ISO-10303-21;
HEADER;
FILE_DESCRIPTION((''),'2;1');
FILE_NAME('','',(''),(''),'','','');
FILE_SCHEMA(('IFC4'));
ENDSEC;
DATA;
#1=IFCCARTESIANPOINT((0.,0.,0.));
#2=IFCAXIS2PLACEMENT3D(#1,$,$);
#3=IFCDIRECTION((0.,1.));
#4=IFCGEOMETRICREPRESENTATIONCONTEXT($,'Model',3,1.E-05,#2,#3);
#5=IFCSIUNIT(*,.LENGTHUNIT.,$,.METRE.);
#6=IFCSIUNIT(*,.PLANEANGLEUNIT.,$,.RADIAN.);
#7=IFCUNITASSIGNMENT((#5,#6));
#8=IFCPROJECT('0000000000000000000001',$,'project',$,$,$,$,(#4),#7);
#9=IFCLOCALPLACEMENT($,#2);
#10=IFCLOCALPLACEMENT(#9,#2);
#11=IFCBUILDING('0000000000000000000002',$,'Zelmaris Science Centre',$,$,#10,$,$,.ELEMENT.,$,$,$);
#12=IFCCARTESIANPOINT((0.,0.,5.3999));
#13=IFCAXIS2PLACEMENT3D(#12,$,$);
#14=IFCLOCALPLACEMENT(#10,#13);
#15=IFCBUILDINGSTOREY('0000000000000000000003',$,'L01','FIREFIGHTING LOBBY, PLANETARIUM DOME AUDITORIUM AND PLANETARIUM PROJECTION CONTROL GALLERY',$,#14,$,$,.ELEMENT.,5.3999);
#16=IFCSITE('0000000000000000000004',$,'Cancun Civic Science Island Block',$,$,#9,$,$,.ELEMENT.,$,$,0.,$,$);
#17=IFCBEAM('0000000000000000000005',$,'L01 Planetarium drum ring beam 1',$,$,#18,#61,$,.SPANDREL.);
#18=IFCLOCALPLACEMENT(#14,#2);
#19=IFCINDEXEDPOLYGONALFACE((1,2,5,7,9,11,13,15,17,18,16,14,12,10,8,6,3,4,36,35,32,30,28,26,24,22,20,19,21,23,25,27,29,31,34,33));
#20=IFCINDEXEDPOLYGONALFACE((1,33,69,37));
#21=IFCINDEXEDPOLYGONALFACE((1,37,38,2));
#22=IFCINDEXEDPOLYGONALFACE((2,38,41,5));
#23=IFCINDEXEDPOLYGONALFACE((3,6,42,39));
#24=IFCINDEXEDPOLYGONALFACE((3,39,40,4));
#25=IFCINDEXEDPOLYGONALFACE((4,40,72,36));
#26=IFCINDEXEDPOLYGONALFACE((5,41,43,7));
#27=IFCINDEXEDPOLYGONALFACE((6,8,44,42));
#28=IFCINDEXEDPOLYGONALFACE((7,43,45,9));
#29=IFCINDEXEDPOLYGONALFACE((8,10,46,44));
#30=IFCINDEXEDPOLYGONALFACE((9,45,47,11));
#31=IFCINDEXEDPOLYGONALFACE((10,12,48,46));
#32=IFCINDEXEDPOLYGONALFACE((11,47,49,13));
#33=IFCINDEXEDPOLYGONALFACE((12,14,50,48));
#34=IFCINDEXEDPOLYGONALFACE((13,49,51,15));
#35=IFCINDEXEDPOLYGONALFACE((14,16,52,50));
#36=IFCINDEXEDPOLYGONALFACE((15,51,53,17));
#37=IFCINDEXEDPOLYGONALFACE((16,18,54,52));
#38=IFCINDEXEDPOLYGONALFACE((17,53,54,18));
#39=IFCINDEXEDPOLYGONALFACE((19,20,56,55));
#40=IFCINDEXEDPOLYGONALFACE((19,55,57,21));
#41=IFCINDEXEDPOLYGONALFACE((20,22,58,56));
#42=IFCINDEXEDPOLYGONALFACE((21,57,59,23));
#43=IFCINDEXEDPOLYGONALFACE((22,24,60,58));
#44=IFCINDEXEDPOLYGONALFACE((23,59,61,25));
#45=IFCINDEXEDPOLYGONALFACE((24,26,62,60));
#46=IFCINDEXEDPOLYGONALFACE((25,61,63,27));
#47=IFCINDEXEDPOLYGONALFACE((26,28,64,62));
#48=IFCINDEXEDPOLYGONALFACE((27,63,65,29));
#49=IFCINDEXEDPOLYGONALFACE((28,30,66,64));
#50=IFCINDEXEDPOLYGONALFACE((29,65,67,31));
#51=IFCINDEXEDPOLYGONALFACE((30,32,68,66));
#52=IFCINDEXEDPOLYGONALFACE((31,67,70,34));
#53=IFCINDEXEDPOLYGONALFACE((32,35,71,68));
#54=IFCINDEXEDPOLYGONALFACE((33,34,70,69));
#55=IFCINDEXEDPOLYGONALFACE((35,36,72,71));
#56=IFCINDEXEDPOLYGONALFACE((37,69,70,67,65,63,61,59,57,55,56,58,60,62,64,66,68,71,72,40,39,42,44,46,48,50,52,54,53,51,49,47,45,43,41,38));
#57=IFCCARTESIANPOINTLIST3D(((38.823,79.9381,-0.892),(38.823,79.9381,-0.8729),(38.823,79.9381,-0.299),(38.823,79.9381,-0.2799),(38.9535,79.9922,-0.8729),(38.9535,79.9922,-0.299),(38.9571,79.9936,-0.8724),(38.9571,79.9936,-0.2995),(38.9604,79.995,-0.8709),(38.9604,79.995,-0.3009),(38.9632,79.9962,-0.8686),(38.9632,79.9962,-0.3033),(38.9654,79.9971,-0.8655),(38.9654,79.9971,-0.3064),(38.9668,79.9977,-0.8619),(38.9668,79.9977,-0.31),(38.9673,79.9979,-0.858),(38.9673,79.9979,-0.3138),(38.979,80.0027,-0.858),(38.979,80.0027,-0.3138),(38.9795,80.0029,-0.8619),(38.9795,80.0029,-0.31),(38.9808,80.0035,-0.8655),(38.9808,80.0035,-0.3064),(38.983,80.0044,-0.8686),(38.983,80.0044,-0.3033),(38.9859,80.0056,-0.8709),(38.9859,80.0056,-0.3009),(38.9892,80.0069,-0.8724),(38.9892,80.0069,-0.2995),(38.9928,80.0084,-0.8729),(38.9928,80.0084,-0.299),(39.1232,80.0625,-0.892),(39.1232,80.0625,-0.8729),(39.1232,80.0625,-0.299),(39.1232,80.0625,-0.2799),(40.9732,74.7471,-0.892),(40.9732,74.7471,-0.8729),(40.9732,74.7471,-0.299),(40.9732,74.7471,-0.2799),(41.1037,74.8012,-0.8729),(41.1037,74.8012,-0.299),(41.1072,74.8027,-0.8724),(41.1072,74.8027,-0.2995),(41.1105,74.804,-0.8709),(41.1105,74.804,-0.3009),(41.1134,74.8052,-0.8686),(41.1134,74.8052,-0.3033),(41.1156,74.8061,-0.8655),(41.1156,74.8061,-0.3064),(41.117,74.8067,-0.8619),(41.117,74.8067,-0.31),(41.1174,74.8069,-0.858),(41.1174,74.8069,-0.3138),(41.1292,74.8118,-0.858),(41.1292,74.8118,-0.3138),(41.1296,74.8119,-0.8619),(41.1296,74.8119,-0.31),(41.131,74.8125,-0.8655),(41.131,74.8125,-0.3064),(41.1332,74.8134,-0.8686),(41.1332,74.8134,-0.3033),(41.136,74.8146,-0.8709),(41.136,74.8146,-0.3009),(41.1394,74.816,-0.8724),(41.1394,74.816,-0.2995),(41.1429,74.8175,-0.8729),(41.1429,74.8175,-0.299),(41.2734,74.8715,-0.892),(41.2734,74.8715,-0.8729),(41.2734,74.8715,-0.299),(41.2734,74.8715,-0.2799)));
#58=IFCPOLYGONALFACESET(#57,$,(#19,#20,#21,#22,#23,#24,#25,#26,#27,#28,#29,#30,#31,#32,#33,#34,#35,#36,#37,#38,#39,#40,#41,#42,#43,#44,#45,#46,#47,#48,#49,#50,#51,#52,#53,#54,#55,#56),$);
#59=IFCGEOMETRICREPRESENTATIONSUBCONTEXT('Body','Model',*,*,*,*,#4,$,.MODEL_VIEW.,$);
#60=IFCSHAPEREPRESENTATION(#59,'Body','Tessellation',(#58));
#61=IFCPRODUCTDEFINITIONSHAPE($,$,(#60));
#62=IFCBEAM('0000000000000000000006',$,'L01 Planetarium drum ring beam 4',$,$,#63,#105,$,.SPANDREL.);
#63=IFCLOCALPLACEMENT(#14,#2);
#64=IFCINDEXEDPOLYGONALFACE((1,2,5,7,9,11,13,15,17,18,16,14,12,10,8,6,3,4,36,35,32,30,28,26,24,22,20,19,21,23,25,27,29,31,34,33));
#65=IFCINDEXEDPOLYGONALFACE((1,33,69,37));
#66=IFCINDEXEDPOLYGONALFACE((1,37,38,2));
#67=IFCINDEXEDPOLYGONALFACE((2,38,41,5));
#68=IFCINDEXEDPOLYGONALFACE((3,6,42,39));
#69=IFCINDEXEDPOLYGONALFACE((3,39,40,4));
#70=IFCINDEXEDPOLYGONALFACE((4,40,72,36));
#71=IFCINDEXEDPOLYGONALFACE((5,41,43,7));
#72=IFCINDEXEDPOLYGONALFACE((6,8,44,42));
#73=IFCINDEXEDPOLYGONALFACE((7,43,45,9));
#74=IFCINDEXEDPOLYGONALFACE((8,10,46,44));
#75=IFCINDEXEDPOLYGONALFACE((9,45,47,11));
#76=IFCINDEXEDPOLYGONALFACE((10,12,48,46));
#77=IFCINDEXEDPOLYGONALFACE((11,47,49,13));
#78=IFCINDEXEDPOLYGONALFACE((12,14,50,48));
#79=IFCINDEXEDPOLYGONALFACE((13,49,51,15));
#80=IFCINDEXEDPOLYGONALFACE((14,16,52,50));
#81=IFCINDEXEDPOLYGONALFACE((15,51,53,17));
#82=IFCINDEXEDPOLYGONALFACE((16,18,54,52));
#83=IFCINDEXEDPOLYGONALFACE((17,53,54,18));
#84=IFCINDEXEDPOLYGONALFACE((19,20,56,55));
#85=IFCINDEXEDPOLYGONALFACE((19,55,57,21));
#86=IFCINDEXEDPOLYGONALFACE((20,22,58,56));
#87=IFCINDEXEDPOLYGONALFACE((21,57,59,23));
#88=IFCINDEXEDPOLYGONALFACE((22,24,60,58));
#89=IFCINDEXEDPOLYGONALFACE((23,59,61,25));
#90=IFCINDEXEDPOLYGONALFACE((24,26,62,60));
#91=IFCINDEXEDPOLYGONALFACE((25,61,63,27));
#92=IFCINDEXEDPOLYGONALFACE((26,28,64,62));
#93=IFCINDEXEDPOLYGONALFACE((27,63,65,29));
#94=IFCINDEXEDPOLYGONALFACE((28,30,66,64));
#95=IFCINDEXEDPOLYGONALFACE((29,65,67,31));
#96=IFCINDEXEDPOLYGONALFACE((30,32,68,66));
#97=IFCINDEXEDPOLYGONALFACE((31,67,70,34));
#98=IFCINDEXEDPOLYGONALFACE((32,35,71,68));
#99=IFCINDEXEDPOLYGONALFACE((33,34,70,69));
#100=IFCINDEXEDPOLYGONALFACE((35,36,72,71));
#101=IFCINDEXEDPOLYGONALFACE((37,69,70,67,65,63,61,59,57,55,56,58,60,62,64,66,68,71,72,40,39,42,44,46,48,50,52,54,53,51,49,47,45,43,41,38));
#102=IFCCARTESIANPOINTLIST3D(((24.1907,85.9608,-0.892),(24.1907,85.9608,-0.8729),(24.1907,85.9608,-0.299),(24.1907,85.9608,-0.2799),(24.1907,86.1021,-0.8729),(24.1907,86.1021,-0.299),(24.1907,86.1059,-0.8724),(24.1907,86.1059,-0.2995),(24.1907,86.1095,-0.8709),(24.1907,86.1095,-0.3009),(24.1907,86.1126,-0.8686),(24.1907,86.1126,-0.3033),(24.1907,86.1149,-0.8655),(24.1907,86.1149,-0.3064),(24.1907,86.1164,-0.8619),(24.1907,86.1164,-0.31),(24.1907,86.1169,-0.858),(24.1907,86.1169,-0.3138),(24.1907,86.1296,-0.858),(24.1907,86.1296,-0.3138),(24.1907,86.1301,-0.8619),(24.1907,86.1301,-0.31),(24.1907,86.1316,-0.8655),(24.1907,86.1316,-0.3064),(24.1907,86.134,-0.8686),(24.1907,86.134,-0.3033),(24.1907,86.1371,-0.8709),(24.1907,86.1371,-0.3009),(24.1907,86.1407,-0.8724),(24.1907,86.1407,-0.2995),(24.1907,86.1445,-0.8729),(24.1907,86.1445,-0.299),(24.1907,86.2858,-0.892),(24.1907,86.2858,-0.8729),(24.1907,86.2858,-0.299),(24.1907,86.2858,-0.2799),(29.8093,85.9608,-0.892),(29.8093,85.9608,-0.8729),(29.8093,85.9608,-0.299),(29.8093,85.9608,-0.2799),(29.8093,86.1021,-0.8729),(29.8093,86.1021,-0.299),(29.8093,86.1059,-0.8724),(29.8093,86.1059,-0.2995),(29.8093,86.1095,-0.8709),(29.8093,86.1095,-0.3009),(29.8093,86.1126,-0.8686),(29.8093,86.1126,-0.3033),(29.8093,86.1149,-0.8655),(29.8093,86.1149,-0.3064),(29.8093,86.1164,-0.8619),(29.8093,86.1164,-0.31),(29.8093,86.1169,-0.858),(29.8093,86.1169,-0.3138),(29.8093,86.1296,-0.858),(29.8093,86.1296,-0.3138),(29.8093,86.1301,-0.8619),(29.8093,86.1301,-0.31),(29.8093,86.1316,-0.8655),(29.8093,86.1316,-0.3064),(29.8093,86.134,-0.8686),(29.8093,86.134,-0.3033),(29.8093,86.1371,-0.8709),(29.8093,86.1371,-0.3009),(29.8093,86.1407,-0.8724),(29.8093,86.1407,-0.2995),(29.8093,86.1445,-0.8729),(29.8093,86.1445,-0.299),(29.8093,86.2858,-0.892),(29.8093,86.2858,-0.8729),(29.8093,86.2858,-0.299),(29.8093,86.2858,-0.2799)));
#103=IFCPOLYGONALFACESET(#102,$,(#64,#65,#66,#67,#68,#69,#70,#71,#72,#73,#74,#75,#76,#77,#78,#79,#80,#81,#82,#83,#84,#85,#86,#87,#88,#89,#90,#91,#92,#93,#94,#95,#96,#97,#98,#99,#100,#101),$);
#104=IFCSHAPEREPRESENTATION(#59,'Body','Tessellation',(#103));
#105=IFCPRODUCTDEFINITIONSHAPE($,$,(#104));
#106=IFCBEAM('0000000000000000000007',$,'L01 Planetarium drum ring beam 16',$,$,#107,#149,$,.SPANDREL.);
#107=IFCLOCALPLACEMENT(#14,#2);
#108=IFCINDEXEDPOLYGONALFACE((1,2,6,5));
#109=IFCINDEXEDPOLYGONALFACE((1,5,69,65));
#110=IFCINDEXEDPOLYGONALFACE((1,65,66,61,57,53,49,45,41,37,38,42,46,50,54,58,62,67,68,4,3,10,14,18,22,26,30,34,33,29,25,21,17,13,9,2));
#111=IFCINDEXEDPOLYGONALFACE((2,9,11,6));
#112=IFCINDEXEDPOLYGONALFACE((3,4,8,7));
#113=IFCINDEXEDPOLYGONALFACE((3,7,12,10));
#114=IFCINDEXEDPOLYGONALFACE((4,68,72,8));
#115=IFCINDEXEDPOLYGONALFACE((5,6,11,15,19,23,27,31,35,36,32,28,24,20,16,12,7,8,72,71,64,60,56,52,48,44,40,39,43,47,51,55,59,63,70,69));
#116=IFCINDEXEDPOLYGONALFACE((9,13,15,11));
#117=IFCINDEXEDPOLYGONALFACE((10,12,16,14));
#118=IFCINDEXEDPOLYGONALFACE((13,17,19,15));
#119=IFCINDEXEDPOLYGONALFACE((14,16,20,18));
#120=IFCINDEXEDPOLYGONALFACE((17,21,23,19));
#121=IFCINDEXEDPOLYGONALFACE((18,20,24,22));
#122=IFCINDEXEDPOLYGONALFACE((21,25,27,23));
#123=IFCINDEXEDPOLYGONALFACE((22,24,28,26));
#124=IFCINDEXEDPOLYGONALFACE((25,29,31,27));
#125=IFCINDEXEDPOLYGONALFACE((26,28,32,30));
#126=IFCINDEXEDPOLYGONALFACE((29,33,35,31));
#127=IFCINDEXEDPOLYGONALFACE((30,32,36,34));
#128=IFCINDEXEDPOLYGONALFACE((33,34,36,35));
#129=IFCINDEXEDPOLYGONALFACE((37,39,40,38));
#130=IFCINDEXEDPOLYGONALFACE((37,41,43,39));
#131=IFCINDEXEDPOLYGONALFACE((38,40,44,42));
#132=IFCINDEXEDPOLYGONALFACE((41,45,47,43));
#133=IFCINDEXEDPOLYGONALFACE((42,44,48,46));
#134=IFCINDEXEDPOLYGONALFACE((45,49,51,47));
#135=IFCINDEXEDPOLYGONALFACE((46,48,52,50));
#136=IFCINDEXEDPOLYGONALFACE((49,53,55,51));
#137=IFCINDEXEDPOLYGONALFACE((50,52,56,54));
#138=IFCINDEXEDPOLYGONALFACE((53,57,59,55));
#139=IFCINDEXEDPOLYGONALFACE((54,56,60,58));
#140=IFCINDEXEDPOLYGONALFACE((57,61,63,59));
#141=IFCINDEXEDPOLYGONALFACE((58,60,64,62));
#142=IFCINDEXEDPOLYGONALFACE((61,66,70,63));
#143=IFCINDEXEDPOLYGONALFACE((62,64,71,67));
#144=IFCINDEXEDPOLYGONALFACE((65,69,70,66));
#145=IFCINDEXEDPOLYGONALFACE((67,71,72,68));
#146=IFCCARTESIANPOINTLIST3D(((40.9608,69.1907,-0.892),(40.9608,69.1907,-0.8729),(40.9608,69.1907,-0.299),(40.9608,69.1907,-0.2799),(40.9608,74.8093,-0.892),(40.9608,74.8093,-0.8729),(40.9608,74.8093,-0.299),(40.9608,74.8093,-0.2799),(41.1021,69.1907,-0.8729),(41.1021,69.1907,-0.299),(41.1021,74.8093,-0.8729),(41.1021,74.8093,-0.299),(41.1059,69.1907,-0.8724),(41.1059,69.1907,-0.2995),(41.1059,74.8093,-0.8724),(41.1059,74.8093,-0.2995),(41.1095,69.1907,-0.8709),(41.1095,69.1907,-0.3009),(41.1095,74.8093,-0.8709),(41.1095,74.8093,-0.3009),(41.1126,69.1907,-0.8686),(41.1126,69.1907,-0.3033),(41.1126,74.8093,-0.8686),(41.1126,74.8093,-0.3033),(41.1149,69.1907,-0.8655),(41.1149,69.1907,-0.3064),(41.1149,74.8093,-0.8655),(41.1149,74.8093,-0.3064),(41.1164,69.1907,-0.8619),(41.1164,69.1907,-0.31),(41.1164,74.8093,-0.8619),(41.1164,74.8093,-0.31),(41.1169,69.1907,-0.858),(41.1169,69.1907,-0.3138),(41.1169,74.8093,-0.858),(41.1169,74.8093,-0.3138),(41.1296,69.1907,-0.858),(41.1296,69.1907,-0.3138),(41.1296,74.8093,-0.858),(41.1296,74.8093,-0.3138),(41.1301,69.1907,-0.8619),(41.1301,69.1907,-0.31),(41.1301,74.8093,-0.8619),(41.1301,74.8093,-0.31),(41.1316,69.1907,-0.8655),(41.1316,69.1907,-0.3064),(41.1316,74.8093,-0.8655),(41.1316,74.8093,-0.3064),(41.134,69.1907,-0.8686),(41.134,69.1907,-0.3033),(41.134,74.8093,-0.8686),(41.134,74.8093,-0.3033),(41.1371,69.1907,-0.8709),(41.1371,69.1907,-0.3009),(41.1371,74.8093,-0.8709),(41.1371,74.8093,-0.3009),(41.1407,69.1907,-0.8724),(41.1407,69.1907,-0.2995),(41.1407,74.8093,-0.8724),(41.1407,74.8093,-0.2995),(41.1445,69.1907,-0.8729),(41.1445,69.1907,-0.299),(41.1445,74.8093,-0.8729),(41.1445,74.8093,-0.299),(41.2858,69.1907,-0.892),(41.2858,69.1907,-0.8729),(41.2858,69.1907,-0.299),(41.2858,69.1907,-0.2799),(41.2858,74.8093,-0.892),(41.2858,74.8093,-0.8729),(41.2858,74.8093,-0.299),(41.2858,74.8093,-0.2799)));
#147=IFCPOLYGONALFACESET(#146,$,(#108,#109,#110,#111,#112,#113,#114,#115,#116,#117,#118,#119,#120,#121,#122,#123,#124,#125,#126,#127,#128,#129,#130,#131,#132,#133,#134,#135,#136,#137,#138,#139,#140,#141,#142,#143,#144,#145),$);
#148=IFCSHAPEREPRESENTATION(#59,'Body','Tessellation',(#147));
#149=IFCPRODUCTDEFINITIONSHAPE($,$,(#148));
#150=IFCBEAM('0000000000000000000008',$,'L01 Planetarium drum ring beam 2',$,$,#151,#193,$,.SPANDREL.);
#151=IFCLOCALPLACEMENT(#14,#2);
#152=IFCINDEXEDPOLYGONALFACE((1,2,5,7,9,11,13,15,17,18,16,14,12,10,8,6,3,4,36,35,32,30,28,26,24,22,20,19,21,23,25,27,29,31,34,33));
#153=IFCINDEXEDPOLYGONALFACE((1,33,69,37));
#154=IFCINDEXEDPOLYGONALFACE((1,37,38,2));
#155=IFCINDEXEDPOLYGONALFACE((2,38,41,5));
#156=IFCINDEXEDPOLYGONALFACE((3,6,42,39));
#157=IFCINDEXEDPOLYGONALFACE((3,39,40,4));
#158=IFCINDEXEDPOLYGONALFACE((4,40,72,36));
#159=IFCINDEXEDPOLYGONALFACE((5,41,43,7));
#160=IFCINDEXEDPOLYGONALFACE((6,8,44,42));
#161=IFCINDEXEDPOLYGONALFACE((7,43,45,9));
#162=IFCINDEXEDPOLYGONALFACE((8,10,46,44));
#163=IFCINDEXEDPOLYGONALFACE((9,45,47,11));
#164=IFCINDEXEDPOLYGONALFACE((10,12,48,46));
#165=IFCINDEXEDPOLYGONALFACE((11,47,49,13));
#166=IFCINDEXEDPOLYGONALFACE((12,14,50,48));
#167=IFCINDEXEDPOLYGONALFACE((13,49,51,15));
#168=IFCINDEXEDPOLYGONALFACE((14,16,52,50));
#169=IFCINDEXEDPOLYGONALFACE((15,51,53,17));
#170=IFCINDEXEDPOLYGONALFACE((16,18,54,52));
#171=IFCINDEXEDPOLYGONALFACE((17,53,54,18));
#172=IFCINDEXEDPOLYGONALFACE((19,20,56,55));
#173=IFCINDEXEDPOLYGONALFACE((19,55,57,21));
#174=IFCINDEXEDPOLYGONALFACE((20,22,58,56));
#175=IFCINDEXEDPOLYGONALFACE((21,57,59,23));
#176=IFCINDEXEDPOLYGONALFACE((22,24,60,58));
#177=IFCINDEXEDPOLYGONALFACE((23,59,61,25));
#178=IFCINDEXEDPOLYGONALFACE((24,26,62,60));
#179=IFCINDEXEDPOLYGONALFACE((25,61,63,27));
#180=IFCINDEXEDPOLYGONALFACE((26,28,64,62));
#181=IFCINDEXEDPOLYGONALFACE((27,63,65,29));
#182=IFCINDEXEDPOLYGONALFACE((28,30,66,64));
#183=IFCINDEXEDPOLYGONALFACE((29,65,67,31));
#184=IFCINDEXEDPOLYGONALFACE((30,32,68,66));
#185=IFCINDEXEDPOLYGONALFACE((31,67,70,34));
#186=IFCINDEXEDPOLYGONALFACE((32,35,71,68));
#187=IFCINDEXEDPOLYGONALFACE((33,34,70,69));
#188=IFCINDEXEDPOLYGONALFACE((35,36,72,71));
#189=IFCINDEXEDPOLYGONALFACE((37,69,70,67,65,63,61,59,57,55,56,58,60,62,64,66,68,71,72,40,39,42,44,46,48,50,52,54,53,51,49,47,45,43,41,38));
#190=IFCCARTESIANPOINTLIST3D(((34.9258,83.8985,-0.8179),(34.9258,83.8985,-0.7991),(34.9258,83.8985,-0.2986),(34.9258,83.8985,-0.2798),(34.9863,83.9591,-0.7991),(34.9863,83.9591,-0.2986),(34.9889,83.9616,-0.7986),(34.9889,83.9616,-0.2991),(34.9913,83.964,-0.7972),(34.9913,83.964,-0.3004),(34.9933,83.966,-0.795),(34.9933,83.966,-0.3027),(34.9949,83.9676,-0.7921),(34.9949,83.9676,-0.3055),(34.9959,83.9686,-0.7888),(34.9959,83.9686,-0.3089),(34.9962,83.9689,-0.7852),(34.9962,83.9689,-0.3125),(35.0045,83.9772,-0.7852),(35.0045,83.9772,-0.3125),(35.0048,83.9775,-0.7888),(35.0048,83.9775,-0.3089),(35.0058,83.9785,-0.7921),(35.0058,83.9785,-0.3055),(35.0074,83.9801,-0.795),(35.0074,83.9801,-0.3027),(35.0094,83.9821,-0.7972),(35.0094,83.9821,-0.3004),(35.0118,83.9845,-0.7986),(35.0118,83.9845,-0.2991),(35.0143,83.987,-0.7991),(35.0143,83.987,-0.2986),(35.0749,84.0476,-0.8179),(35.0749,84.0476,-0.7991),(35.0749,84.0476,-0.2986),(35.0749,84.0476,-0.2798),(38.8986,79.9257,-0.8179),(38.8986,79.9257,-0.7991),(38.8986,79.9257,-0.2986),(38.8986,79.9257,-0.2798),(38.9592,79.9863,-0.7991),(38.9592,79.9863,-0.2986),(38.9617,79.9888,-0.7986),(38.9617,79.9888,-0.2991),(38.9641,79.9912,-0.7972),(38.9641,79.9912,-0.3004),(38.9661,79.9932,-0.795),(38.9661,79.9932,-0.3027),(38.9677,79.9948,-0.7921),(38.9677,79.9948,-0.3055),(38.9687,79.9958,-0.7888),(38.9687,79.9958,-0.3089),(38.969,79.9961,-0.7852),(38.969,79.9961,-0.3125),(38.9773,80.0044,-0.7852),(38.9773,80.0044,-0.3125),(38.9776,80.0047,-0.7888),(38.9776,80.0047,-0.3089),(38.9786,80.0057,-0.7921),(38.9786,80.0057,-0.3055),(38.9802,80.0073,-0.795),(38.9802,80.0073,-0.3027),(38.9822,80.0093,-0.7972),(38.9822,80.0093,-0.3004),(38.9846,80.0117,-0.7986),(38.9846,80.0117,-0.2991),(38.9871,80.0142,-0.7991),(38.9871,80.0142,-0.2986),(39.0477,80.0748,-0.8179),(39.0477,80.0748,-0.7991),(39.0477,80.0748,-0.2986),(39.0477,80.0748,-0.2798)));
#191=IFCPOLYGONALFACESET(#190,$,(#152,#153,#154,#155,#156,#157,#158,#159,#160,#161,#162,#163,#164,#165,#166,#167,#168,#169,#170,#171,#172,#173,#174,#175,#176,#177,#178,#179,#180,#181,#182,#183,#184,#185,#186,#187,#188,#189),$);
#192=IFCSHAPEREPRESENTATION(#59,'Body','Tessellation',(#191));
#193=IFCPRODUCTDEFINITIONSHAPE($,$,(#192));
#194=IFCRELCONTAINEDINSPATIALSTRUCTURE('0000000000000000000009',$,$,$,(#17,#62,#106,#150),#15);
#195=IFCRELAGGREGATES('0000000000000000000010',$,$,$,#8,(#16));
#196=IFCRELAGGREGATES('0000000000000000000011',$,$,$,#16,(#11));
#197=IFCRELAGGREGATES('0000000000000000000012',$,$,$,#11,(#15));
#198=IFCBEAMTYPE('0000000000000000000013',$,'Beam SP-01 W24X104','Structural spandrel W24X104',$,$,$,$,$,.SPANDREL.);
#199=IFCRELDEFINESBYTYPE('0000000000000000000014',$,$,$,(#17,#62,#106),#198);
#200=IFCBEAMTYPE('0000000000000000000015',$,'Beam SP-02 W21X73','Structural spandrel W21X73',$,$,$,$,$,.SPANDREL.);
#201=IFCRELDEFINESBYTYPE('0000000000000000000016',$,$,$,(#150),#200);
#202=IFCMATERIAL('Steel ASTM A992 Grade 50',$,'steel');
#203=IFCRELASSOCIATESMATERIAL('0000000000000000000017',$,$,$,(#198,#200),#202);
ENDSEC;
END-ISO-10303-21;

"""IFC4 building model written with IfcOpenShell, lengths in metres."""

from ifc_helpers import new_model, si_unit, direction, frame, origin, origin_2d, place, context, subcontext, project, spatial, i_section, extrude, material, material_profile, profile_set, type_object, element, save


model = new_model("IFC4")

# Units and contexts
model_context = context("Model", 3, precision=1e-05, world=origin(), true_north=direction((0.0, 1.0)))
body_context = subcontext(model_context, "Body", "Model", "MODEL_VIEW")
ifc_project = project(units=[si_unit("LENGTHUNIT", "METRE"), si_unit("PLANEANGLEUNIT", "RADIAN")], contexts=[model_context])

# Site, building, storey
site_placement = place(None, origin())
site = spatial("IfcSite", under=ifc_project, at=site_placement, Name="Cancun Civic Science Island Block", CompositionType="ELEMENT", RefElevation=0.0)
building_placement = place(site_placement, origin())
building = spatial("IfcBuilding", under=site, at=building_placement, Name="Zelmaris Science Centre", CompositionType="ELEMENT")
storey_placement = place(building_placement, frame((0.0, 0.0, 5.3999)))
storey = spatial("IfcBuildingStorey", under=building, at=storey_placement, Name="L01", Description="FIREFIGHTING LOBBY, PLANETARIUM DOME AUDITORIUM AND PLANETARIUM PROJECTION CONTROL GALLERY", CompositionType="ELEMENT", Elevation=5.3999)

# Beams
ifc_material_1 = material(Name="Steel ASTM A992 Grade 50", Category="steel")
ifc_material_profile_1 = material_profile(ifc_material_1, i_section(OverallWidth=0.325, OverallDepth=0.6121, WebThickness=0.0127, FlangeThickness=0.019, FilletRadius=0.0149, at=origin_2d()), Name="W24X104")
ifc_profile_set_1 = profile_set([ifc_material_profile_1], Name="Steel ASTM A992 Grade 50")
beam_type_1 = type_object("IfcBeamType", Name="Beam SP-01 W24X104", Description="Structural spandrel W24X104", PredefinedType="SPANDREL", material=ifc_profile_set_1)
for number, where, z_axis, x_axis, name in (
    (1, (41.1233, 74.8093, -0.5859), (-0.382683, 0.92388, 0.0), (-0.92388, -0.382683, 0.0), "L01 Planetarium drum ring beam 1"),
    (2, (29.8093, 86.1233, -0.5859), (-1.0, 0.0, 0.0), (0.0, -1.0, 0.0), "L01 Planetarium drum ring beam 4"),
    (3, (41.1233, 69.1907, -0.5859), (0.0, 1.0, 0.0), (-1.0, 0.0, 0.0), "L01 Planetarium drum ring beam 16"),
):
    element("IfcBeam", number, at=place(storey_placement, frame(where, z_axis=z_axis, x_axis=x_axis)), inside=storey, type_object=beam_type_1, Name=name, PredefinedType="SPANDREL", context=body_context, shape_type="SweptSolid", body=[
        extrude(i_section(OverallWidth=0.325, OverallDepth=0.6121, WebThickness=0.0127, FlangeThickness=0.019, FilletRadius=0.0149, at=origin_2d()), origin(), (0.0, 0.0, 1.0), 5.6187),
    ])
ifc_material_profile_2 = material_profile(ifc_material_1, i_section(OverallWidth=0.2109, OverallDepth=0.5381, WebThickness=0.0117, FlangeThickness=0.0188, FilletRadius=0.0139, at=origin_2d()), Name="W21X73")
ifc_profile_set_2 = profile_set([ifc_material_profile_2], Name="Steel ASTM A992 Grade 50")
beam_type_2 = type_object("IfcBeamType", Name="Beam SP-02 W21X73", Description="Structural spandrel W21X73", PredefinedType="SPANDREL", material=ifc_profile_set_2)
beam_1_placement = place(storey_placement, frame((38.9731, 80.0002, -0.5488), z_axis=(-0.707107, 0.707107, 0.0), x_axis=(-0.707107, -0.707107, 0.0)))
element("IfcBeam", 4, at=beam_1_placement, inside=storey, type_object=beam_type_2, Name="L01 Planetarium drum ring beam 2", PredefinedType="SPANDREL", context=body_context, shape_type="SweptSolid", body=[
    extrude(i_section(OverallWidth=0.2109, OverallDepth=0.5381, WebThickness=0.0117, FlangeThickness=0.0188, FilletRadius=0.0139, at=origin_2d()), origin(), (0.0, 0.0, 1.0), 5.6184),
])

save(model, "model.ifc")
